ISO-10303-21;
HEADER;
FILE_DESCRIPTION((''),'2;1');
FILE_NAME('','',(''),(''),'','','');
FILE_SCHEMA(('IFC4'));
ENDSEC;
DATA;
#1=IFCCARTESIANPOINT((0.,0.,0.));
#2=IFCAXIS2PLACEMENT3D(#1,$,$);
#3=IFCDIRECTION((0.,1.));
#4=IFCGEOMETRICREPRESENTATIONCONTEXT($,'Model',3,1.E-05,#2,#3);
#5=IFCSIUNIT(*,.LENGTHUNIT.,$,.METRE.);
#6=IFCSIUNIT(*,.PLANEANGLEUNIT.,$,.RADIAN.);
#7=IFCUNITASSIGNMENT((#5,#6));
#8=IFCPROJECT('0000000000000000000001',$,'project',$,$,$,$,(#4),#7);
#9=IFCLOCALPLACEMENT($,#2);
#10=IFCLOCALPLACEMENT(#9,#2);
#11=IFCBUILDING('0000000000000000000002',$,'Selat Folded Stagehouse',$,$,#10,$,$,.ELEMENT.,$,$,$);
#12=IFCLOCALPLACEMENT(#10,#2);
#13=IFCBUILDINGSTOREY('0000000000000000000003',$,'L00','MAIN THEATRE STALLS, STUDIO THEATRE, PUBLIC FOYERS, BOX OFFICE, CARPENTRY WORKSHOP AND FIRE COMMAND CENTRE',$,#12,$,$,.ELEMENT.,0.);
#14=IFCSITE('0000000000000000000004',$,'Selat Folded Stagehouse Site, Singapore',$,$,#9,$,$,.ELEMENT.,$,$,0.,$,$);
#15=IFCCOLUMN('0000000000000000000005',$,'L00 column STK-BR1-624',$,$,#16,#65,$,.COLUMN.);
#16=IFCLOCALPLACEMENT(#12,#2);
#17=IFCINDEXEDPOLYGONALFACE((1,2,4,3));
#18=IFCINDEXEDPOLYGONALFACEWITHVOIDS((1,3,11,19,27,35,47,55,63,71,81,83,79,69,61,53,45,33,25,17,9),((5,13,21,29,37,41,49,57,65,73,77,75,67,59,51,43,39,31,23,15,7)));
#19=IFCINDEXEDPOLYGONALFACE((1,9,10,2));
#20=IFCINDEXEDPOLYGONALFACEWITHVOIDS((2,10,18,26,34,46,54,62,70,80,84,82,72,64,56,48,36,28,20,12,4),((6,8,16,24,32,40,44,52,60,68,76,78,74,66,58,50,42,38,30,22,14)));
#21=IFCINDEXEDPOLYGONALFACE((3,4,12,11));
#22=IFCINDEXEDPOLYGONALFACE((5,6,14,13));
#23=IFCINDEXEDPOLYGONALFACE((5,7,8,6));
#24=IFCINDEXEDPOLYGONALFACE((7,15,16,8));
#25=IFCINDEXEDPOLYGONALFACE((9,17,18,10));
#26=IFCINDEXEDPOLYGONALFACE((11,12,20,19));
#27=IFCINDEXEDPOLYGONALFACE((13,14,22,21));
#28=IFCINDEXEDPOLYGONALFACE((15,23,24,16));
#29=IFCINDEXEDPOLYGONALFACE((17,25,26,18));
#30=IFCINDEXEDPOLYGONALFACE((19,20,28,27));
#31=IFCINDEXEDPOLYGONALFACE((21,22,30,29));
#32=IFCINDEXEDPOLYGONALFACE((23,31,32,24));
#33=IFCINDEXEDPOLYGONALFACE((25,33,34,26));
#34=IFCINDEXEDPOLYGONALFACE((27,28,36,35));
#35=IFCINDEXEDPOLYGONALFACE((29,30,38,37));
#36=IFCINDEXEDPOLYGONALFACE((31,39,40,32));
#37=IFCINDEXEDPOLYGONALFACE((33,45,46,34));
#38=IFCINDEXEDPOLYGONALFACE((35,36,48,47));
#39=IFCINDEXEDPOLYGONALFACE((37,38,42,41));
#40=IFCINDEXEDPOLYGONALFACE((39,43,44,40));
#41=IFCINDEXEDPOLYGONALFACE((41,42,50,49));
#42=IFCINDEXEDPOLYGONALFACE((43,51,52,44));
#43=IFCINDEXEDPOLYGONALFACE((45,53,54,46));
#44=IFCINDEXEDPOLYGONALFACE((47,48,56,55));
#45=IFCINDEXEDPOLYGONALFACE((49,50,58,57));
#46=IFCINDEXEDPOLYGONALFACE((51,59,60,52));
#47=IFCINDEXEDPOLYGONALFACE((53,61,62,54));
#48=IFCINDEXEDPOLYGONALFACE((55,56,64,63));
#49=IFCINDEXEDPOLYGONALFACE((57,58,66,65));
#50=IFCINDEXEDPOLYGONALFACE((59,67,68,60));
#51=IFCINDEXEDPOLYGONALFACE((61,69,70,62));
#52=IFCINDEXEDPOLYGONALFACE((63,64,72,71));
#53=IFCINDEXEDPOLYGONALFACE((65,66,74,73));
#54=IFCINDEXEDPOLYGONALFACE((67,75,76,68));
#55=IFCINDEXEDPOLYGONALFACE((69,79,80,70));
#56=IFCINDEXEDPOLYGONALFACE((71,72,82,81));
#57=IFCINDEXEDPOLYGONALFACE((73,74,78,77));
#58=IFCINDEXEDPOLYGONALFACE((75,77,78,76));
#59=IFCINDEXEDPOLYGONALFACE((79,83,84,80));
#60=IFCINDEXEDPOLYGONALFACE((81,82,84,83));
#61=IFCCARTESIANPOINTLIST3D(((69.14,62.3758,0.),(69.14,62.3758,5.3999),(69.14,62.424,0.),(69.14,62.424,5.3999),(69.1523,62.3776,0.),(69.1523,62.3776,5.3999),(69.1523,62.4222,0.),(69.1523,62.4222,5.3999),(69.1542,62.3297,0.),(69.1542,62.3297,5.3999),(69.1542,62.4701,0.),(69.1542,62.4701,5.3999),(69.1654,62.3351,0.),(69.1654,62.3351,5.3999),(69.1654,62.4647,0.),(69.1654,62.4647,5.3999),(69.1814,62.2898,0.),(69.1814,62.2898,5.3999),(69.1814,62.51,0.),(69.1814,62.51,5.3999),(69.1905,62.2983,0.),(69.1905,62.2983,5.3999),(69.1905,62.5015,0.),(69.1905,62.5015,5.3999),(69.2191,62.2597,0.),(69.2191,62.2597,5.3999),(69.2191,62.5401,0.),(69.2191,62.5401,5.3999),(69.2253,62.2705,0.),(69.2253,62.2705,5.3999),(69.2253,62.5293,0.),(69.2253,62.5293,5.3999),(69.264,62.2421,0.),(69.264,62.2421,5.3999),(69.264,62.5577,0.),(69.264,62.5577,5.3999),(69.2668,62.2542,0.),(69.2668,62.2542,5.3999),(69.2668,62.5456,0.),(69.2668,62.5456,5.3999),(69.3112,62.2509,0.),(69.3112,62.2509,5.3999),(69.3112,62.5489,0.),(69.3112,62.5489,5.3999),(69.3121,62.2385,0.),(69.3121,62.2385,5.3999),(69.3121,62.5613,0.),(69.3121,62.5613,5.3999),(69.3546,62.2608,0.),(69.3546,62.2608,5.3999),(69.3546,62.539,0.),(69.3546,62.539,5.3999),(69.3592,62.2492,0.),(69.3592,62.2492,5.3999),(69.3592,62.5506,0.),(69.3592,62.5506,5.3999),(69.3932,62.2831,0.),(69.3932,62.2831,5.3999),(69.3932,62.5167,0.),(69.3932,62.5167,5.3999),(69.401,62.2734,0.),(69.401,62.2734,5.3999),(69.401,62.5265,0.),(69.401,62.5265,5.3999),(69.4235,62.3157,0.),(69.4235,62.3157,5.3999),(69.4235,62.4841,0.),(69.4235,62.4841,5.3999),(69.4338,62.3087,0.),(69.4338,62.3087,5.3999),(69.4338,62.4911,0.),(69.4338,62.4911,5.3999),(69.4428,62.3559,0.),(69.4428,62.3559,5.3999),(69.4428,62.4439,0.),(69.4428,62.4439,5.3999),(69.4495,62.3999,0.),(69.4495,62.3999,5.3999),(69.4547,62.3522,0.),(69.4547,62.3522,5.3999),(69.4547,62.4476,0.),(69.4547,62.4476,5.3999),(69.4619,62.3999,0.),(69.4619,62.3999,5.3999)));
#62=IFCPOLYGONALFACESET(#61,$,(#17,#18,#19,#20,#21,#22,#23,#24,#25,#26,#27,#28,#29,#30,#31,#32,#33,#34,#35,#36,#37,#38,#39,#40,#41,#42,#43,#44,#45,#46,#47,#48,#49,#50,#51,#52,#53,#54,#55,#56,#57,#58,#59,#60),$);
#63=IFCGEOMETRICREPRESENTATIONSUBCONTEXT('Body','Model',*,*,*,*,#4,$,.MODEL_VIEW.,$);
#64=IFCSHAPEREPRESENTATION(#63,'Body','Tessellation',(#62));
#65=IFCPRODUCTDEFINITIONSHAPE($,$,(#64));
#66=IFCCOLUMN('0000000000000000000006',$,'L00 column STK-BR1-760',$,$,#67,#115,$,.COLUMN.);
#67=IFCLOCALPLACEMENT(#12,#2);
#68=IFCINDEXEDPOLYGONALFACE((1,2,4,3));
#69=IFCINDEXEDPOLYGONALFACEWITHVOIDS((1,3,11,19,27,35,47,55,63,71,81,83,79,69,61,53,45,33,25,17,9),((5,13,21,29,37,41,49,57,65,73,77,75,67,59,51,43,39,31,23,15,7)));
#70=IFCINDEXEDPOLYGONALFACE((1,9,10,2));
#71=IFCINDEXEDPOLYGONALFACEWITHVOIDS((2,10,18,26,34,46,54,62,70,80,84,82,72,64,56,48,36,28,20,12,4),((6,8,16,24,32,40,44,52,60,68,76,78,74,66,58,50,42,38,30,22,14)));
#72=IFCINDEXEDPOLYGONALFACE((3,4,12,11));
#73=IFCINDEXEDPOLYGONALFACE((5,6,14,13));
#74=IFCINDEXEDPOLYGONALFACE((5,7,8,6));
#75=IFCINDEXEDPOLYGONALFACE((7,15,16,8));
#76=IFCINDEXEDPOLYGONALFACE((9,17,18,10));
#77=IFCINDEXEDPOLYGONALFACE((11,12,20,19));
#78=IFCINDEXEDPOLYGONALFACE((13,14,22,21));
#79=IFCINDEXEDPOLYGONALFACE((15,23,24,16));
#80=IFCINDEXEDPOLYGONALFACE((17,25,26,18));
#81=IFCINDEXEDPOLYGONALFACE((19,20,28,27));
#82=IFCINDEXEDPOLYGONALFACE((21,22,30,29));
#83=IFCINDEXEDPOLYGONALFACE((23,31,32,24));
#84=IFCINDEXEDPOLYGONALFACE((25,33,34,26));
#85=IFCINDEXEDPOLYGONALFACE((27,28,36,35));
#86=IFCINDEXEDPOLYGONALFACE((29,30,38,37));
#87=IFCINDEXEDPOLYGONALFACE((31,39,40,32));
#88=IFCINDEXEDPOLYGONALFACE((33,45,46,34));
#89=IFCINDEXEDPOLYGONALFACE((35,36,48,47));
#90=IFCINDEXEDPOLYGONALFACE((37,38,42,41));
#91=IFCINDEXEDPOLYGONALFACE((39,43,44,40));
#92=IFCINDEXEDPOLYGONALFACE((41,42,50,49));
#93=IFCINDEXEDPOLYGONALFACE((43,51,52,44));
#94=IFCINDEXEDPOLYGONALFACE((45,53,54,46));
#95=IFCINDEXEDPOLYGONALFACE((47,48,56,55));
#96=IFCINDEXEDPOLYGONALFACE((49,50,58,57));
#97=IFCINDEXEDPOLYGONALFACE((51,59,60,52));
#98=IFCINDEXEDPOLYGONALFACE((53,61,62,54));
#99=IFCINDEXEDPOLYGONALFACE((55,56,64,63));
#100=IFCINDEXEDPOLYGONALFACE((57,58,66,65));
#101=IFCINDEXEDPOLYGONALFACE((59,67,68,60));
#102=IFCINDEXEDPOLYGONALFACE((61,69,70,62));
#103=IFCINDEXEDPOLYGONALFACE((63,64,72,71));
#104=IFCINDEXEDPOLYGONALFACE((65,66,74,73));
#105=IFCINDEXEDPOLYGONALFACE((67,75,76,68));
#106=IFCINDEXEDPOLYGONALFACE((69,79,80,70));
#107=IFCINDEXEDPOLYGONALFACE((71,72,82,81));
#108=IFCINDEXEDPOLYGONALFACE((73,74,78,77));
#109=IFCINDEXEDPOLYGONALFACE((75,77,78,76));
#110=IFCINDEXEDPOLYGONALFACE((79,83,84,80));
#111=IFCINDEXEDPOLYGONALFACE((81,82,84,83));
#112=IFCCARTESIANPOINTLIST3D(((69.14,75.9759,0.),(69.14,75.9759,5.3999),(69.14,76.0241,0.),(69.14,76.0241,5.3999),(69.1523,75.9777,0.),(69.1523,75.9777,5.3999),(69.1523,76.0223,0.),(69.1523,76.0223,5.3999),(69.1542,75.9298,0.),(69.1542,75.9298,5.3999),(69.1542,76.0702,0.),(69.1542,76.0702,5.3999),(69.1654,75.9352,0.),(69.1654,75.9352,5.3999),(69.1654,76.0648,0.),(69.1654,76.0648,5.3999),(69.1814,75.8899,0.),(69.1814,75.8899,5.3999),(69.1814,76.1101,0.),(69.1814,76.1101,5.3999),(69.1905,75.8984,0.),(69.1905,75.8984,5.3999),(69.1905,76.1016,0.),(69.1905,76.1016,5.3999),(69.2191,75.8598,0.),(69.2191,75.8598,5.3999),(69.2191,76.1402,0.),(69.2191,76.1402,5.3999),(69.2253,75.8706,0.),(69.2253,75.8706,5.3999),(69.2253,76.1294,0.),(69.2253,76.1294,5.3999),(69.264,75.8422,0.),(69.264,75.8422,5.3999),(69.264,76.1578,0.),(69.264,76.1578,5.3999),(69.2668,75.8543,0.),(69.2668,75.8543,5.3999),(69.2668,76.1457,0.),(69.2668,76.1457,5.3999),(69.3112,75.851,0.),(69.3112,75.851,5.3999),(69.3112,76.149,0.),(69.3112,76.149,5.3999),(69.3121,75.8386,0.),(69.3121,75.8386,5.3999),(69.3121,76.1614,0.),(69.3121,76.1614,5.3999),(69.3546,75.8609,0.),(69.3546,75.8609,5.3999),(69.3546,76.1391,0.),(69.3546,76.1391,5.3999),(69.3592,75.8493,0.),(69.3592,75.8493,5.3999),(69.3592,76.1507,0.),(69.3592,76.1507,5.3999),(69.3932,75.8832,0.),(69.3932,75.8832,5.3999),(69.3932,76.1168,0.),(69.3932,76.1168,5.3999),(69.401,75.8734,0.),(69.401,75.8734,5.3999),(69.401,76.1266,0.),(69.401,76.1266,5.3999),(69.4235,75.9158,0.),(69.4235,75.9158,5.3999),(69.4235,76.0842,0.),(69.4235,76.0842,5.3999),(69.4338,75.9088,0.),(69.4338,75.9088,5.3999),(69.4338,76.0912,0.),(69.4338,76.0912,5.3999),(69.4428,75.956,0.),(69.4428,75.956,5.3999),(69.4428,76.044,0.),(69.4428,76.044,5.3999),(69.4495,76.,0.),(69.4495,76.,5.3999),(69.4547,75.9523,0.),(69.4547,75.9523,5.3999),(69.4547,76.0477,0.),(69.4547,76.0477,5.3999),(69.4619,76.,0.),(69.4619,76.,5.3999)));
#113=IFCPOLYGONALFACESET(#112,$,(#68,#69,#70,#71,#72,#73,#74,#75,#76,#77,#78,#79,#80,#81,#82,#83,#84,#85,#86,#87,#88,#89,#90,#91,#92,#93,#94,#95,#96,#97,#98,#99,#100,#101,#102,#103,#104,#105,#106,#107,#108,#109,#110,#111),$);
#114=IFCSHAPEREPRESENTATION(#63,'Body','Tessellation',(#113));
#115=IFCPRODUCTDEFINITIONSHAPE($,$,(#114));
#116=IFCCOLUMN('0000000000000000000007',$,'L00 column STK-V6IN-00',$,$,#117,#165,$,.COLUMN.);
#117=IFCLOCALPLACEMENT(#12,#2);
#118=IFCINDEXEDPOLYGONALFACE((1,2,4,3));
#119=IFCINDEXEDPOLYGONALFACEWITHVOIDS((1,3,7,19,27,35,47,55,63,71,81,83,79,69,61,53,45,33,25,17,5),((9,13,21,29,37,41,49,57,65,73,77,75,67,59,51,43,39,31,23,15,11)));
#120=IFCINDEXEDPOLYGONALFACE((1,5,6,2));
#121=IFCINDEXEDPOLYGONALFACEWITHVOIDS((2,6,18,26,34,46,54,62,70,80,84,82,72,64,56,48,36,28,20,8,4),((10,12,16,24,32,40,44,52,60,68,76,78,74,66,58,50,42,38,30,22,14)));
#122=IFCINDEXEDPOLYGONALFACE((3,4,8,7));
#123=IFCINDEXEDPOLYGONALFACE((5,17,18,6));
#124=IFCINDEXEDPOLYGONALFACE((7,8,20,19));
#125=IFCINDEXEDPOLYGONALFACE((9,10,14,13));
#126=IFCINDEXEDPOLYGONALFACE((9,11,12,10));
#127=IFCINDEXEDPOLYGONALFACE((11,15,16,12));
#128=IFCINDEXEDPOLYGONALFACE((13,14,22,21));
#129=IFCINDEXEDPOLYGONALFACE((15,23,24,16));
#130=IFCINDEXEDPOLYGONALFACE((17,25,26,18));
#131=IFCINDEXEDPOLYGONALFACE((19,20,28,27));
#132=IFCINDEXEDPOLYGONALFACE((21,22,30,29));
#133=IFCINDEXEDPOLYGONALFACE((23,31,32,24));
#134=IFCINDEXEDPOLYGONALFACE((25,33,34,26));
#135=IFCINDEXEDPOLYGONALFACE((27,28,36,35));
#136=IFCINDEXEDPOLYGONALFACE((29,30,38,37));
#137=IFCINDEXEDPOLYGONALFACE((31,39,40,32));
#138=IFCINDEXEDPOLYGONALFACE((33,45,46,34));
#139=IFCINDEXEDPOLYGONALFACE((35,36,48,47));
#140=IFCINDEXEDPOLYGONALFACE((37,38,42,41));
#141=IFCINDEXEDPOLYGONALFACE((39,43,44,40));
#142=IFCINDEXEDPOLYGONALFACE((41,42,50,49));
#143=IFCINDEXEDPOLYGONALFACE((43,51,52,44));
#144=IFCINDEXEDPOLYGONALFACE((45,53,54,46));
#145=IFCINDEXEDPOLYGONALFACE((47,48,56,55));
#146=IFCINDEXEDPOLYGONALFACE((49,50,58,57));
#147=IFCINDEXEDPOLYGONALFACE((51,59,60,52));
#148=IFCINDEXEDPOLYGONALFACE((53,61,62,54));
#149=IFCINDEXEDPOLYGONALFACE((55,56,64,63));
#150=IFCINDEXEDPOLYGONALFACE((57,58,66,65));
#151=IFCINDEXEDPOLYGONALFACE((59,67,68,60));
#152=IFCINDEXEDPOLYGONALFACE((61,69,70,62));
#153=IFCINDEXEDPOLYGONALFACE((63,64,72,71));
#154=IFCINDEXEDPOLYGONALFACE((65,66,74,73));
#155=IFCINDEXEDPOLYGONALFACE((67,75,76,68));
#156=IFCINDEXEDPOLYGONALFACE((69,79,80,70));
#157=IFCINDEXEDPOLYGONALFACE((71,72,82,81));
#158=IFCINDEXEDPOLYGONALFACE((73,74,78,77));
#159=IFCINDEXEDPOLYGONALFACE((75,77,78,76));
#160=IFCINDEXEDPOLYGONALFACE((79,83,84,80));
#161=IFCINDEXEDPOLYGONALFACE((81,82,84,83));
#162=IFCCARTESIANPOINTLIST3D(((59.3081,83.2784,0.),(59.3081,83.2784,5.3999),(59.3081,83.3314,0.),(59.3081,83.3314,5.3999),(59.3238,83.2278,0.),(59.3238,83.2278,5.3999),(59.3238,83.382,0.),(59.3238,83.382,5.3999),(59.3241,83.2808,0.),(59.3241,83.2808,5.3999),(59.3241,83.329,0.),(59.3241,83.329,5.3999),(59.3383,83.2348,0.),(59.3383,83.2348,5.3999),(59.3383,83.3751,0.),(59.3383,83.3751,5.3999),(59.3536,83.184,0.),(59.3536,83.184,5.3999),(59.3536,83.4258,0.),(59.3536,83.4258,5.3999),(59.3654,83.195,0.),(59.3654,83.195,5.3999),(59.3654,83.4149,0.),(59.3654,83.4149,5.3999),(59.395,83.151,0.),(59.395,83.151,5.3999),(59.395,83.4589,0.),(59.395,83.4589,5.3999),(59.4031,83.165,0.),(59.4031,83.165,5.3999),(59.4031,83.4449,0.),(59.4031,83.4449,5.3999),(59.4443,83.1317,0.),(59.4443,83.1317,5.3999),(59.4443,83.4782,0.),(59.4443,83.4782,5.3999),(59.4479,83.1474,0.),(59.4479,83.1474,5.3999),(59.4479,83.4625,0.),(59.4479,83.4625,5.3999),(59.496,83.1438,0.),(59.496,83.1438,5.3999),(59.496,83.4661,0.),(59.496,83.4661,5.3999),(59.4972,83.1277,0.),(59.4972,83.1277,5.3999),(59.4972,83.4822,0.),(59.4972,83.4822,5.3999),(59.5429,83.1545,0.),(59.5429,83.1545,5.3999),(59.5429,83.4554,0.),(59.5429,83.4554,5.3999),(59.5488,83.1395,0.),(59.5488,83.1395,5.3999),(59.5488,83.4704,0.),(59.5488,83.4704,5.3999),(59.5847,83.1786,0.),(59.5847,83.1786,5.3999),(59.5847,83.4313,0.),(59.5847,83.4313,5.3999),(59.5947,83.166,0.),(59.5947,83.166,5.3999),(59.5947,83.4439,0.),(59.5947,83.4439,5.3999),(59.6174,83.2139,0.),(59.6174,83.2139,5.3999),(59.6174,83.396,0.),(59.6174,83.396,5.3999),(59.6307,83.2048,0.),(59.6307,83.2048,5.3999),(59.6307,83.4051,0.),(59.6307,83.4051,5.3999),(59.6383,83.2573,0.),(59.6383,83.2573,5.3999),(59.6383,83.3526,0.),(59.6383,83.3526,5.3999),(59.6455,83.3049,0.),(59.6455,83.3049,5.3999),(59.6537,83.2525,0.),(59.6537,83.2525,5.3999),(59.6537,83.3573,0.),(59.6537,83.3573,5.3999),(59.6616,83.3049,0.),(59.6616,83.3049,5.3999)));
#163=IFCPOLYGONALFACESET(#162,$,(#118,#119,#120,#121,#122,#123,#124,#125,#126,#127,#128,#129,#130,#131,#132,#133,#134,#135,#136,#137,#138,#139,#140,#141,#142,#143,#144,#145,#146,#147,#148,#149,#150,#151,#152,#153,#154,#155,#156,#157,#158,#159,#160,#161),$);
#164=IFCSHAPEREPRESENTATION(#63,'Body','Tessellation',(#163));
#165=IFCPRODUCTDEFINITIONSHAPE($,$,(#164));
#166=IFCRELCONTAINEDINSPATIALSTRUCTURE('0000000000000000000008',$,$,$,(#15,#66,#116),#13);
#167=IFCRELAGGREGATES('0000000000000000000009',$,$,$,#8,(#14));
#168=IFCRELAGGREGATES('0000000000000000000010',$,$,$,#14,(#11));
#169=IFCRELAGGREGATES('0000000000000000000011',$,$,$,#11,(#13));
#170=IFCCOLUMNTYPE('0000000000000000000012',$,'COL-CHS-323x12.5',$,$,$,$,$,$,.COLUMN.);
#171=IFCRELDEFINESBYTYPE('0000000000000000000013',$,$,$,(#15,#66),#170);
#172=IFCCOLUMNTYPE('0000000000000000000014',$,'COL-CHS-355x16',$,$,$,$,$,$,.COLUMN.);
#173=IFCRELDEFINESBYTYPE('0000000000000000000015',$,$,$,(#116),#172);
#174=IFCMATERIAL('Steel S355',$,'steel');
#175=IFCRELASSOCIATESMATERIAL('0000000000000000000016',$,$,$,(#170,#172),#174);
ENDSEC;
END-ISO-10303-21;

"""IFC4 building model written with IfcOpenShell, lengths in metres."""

from ifc_helpers import new_model, si_unit, direction, frame, origin, origin_2d, place, context, subcontext, project, spatial, hollow_circle, extrude, material, material_profile, profile_set, type_object, element, save


model = new_model("IFC4")

# Units and contexts
model_context = context("Model", 3, precision=1e-05, world=origin(), true_north=direction((0.0, 1.0)))
body_context = subcontext(model_context, "Body", "Model", "MODEL_VIEW")
ifc_project = project(units=[si_unit("LENGTHUNIT", "METRE"), si_unit("PLANEANGLEUNIT", "RADIAN")], contexts=[model_context])

# Site, building, storey
site_placement = place(None, origin())
site = spatial("IfcSite", under=ifc_project, at=site_placement, Name="Selat Folded Stagehouse Site, Singapore", CompositionType="ELEMENT", RefElevation=0.0)
building_placement = place(site_placement, origin())
building = spatial("IfcBuilding", under=site, at=building_placement, Name="Selat Folded Stagehouse", CompositionType="ELEMENT")
storey_placement = place(building_placement, origin())
storey = spatial("IfcBuildingStorey", under=building, at=storey_placement, Name="L00", Description="MAIN THEATRE STALLS, STUDIO THEATRE, PUBLIC FOYERS, BOX OFFICE, CARPENTRY WORKSHOP AND FIRE COMMAND CENTRE", CompositionType="ELEMENT", Elevation=0.0)

# Columns
ifc_material_1 = material(Name="Steel S355", Category="steel")
ifc_material_profile_1 = material_profile(ifc_material_1, hollow_circle(Radius=0.1619, WallThickness=0.0125, at=origin_2d()), Name="CHS 323.9x12.5")
ifc_profile_set_1 = profile_set([ifc_material_profile_1], Name="Steel S355")
column_type_1 = type_object("IfcColumnType", Name="COL-CHS-323x12.5", PredefinedType="COLUMN", material=ifc_profile_set_1)
for number, where, z_axis, x_axis, name in (
    (1, (69.3, 62.3999, 0.0), (0.0, 0.0, 1.0), (1.0, 0.0, 0.0), "L00 column STK-BR1-624"),
    (2, (69.3, 76.0, 0.0), (0.0, 0.0, 1.0), (1.0, 0.0, 0.0), "L00 column STK-BR1-760"),
):
    element("IfcColumn", number, at=place(storey_placement, frame(where, z_axis=z_axis, x_axis=x_axis)), inside=storey, type_object=column_type_1, Name=name, PredefinedType="COLUMN", context=body_context, shape_type="SweptSolid", body=[
        extrude(hollow_circle(Radius=0.1619, WallThickness=0.0125, at=origin_2d()), origin(), (0.0, 0.0, 1.0), 5.3999),
    ])
ifc_material_profile_2 = material_profile(ifc_material_1, hollow_circle(Radius=0.1777, WallThickness=0.0161, at=origin_2d()), Name="CHS 355.6x16.0")
ifc_profile_set_2 = profile_set([ifc_material_profile_2], Name="Steel S355")
column_type_2 = type_object("IfcColumnType", Name="COL-CHS-355x16", PredefinedType="COLUMN", material=ifc_profile_set_2)
column_placement = place(storey_placement, frame((59.4839, 83.3049, 0.0), z_axis=(0.0, 0.0, 1.0), x_axis=(1.0, 0.0, 0.0)))
element("IfcColumn", 3, at=column_placement, inside=storey, type_object=column_type_2, Name="L00 column STK-V6IN-00", PredefinedType="COLUMN", context=body_context, shape_type="SweptSolid", body=[
    extrude(hollow_circle(Radius=0.1777, WallThickness=0.0161, at=origin_2d()), origin(), (0.0, 0.0, 1.0), 5.3999),
])

save(model, "model.ifc")
